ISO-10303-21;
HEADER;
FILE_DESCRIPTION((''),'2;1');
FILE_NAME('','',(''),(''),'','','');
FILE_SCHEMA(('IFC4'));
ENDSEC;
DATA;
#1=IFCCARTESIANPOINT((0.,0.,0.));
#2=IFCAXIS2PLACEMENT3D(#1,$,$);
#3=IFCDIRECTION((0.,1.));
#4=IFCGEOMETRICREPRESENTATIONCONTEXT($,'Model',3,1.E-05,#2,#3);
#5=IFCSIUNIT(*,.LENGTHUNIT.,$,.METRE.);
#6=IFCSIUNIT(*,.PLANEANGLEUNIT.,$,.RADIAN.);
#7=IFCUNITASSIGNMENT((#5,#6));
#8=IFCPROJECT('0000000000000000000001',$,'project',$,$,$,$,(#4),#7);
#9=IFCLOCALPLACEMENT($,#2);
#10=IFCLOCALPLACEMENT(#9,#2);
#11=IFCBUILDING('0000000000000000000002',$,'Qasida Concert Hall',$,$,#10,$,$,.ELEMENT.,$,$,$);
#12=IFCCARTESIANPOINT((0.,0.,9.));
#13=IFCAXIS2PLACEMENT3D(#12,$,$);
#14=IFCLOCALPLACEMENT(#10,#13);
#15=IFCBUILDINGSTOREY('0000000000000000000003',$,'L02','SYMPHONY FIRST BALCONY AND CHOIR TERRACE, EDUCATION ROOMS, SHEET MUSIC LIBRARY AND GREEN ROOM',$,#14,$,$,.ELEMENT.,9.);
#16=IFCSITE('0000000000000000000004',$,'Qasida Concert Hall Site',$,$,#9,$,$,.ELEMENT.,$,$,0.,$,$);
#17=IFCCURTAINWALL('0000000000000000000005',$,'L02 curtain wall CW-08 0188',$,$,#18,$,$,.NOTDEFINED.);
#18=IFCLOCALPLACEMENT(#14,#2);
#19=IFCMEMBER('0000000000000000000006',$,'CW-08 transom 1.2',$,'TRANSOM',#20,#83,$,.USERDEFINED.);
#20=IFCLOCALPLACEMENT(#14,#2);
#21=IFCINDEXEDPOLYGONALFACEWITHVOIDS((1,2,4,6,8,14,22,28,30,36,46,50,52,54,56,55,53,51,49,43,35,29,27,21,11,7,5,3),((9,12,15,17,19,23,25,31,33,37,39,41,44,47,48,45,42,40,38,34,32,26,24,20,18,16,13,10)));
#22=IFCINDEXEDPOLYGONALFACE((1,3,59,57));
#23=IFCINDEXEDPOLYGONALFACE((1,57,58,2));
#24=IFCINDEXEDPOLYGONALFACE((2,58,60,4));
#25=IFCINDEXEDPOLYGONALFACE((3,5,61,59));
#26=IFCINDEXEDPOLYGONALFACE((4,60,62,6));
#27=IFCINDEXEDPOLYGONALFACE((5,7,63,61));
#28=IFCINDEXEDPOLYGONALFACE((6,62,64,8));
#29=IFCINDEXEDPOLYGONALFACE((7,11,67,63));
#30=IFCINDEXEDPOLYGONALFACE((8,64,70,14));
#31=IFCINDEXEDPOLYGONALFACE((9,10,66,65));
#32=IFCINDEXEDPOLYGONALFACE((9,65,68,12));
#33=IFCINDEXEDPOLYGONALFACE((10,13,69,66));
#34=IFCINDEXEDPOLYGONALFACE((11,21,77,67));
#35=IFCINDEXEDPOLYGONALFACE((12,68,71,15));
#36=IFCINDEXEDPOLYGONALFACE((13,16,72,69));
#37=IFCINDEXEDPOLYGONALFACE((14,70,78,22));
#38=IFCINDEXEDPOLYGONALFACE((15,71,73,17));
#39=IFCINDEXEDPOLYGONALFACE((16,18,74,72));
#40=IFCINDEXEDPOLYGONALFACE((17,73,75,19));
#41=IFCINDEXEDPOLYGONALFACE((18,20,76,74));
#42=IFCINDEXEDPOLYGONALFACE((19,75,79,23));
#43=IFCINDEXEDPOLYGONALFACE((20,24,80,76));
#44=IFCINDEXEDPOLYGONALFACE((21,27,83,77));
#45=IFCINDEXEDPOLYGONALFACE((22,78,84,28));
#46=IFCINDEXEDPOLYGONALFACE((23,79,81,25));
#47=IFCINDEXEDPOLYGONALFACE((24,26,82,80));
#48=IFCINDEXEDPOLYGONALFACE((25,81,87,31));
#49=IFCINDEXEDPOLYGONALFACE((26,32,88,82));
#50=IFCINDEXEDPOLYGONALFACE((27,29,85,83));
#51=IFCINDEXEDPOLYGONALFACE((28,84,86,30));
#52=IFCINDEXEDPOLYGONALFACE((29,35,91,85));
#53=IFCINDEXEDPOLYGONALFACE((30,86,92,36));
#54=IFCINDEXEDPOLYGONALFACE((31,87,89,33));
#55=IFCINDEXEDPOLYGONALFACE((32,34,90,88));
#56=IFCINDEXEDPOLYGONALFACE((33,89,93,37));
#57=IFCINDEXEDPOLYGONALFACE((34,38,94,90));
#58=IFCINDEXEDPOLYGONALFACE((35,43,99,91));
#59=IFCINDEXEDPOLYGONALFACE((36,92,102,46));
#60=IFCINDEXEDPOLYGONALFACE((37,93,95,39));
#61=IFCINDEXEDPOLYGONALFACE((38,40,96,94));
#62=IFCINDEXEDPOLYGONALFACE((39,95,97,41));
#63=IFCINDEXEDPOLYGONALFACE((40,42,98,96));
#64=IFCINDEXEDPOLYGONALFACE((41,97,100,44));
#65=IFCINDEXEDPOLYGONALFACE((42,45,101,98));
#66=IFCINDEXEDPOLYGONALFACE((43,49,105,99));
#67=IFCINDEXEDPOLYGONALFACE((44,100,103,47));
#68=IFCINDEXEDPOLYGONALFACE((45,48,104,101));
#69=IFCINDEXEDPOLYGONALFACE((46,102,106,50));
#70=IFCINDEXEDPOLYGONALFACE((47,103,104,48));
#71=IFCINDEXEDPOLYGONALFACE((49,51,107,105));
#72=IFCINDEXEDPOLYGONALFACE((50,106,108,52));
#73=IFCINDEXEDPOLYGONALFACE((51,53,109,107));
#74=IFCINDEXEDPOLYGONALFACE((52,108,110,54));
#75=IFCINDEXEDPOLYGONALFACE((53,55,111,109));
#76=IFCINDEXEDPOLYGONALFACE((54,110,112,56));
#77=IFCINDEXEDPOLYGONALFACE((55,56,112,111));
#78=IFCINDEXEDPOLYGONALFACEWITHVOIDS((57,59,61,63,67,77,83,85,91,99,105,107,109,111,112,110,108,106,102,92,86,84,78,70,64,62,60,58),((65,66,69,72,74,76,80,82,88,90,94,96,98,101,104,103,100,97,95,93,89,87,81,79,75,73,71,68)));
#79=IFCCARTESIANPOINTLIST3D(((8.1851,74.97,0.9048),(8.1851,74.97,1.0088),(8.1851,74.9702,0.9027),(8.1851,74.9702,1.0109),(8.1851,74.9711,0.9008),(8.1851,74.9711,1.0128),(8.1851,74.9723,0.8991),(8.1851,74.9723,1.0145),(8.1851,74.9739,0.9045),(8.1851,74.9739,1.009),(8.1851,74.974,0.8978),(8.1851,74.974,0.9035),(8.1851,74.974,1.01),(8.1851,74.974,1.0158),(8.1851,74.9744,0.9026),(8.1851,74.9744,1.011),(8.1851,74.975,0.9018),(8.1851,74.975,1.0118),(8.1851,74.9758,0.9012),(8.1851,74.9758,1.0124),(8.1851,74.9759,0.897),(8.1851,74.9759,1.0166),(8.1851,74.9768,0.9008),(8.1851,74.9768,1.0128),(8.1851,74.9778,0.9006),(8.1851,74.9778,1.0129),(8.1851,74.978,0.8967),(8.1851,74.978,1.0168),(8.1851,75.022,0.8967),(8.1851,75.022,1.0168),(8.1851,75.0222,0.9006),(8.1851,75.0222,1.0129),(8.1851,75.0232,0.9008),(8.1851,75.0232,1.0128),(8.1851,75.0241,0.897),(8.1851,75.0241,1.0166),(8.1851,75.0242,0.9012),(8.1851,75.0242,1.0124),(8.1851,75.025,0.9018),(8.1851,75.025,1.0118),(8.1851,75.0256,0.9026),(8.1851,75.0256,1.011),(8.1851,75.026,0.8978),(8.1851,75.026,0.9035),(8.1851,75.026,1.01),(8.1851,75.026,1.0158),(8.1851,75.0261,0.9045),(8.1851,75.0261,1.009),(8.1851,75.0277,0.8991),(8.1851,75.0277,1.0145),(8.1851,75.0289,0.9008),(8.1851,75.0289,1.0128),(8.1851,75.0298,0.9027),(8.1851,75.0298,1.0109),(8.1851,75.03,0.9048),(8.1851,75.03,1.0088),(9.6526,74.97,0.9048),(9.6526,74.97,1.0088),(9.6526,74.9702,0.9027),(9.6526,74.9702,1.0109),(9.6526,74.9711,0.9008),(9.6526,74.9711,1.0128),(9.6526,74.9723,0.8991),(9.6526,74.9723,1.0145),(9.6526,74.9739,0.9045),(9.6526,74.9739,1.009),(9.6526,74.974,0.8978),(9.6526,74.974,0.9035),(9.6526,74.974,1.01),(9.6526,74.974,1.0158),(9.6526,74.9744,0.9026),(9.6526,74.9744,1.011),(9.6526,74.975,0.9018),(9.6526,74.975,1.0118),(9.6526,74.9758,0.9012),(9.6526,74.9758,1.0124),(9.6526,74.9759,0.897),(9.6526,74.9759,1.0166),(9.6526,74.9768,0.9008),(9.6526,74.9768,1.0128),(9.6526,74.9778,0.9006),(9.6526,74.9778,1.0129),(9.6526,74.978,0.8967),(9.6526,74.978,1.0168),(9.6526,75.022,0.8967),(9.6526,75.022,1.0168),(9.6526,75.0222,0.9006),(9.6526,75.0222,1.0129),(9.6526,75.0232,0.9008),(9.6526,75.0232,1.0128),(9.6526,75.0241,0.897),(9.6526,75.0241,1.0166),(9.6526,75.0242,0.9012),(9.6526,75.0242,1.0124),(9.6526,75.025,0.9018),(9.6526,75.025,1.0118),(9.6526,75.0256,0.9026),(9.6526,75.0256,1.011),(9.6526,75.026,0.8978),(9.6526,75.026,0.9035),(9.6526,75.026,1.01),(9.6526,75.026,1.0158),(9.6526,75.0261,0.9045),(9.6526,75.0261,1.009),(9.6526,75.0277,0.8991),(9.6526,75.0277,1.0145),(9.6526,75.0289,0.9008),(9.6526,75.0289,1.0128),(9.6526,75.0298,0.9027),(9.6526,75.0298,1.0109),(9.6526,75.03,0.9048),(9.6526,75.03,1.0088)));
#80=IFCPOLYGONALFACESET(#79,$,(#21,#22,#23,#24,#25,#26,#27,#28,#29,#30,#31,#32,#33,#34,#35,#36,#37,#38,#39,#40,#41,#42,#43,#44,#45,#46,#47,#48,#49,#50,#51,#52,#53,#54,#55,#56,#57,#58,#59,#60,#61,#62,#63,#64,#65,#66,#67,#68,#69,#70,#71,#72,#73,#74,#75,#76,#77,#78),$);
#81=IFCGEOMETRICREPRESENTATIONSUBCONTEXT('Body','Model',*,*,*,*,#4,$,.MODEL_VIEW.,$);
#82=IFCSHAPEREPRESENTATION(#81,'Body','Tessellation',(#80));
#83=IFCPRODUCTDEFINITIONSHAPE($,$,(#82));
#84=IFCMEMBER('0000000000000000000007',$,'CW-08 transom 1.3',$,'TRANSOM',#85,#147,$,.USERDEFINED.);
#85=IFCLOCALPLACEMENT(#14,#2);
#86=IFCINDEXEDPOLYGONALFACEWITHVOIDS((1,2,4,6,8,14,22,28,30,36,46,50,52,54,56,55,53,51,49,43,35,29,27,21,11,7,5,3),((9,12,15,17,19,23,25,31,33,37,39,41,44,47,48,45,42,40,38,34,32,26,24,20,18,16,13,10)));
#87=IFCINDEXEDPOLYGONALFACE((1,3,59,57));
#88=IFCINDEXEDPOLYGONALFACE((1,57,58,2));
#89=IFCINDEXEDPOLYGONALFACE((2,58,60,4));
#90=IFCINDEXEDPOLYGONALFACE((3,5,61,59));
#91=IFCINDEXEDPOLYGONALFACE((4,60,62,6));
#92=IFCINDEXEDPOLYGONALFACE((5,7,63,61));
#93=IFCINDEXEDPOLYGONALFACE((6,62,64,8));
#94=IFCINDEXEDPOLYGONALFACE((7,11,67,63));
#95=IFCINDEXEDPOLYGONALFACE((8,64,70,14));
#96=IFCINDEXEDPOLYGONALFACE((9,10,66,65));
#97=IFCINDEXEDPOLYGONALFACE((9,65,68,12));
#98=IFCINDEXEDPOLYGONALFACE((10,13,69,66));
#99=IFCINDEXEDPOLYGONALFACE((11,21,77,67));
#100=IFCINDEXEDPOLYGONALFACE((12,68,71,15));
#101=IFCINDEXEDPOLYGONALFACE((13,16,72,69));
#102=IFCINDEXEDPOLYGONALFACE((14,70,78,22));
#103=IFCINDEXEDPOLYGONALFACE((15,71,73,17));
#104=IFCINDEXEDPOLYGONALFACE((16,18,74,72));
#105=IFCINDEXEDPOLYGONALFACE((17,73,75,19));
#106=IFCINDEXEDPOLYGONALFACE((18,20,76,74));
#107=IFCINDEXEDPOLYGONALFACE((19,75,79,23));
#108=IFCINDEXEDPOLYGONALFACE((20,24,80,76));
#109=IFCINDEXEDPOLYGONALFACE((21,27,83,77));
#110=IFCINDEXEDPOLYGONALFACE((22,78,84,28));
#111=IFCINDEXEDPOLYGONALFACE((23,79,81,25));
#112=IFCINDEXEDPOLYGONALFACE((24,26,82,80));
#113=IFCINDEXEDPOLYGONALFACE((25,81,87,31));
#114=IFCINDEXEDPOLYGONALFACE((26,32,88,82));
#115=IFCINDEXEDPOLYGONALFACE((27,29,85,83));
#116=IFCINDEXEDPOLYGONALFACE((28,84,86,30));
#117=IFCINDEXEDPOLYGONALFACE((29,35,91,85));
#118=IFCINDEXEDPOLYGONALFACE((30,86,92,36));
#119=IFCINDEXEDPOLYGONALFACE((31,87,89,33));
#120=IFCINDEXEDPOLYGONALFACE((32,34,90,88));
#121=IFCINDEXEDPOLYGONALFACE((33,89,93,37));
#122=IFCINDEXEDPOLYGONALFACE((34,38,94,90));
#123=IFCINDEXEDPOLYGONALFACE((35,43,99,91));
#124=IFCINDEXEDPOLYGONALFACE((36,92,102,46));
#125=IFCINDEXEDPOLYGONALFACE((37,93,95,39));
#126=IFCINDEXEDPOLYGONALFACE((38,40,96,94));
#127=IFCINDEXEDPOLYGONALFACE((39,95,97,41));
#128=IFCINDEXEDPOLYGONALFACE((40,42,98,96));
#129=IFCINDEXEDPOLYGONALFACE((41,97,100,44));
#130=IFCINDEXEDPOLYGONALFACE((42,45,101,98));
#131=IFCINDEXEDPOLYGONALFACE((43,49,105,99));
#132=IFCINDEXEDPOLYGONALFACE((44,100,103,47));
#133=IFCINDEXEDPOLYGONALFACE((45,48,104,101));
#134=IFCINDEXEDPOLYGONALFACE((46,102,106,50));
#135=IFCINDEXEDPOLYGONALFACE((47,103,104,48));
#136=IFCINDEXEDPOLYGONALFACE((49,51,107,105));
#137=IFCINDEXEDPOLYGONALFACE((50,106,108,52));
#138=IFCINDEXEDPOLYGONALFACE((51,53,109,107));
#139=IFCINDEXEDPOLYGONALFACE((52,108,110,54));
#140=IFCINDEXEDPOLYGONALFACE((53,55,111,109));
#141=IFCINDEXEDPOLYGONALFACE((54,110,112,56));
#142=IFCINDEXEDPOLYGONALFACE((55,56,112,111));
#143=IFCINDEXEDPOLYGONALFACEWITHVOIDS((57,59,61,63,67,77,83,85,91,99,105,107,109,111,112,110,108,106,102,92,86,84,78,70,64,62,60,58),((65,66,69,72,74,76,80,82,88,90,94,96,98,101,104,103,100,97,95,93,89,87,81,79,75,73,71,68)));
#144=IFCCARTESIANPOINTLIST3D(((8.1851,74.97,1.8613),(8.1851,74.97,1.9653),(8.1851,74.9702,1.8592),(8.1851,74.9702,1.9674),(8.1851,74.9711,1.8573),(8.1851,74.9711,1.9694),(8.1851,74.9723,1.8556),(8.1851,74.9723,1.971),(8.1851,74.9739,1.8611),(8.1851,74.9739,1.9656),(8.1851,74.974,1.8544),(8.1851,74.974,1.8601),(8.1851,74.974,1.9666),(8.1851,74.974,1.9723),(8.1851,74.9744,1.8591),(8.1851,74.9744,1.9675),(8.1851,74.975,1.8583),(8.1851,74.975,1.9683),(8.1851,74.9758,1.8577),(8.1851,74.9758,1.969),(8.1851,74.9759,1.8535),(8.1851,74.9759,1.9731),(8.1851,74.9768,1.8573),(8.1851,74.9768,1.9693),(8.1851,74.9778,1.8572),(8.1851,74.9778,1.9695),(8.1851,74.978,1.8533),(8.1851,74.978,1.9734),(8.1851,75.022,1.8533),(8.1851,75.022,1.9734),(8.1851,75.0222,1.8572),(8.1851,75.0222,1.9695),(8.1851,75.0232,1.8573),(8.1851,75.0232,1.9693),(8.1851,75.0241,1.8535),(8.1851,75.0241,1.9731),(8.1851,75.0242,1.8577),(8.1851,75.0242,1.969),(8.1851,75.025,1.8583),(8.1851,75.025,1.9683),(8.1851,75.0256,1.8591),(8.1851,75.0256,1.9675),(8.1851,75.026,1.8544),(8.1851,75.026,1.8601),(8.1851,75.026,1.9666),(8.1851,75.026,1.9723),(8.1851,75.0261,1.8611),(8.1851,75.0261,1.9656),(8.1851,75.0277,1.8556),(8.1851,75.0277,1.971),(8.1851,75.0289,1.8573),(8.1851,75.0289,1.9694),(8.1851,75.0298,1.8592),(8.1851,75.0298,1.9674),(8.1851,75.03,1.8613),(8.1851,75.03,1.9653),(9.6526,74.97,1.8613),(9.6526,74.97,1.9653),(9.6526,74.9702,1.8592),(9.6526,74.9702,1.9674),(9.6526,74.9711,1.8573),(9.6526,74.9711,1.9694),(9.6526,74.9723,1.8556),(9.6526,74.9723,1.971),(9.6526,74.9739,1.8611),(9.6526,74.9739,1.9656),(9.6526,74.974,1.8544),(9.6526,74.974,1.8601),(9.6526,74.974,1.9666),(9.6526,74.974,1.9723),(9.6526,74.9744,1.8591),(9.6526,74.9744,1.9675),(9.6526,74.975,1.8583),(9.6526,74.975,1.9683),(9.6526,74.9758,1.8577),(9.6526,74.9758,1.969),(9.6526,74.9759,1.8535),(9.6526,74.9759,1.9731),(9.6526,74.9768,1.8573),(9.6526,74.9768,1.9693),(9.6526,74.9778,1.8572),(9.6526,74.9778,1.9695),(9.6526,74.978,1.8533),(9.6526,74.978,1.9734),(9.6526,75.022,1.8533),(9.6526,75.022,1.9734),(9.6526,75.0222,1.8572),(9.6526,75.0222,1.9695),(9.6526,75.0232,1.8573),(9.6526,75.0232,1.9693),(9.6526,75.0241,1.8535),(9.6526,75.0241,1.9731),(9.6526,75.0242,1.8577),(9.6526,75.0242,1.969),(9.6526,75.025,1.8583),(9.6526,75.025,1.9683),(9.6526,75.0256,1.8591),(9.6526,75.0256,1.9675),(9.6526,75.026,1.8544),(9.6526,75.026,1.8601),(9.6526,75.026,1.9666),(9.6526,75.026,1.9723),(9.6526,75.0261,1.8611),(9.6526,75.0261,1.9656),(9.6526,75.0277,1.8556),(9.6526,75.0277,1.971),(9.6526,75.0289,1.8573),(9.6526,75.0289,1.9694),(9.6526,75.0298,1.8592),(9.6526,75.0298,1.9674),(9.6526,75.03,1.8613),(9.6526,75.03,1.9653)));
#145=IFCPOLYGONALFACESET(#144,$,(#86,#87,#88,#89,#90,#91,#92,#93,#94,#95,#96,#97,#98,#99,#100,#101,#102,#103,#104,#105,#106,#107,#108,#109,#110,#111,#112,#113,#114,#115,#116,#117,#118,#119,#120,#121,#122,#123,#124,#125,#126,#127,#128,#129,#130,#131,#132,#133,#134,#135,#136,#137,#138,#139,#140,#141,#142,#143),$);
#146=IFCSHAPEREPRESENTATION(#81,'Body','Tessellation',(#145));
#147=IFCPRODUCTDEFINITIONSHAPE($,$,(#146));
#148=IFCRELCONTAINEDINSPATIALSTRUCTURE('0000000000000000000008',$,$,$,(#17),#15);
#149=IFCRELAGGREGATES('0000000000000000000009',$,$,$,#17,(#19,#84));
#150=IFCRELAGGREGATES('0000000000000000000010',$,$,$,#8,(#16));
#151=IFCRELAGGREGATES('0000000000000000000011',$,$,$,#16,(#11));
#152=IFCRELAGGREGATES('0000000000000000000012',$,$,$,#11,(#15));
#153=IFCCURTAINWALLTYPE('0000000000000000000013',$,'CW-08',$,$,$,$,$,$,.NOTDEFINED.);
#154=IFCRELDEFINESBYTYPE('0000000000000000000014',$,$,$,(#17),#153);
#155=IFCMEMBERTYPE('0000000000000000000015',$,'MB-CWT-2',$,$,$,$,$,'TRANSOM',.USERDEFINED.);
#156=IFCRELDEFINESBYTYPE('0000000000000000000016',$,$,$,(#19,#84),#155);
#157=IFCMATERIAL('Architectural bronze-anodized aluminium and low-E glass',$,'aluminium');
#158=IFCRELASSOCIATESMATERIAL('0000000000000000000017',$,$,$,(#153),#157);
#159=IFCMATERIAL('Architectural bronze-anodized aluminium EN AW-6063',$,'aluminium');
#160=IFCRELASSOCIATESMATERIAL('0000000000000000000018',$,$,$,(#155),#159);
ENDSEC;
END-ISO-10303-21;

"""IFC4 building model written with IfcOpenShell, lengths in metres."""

from ifc_helpers import new_model, si_unit, direction, frame, origin, origin_2d, place, context, subcontext, project, spatial, hollow_rectangle, extrude, material, material_profile, profile_set, type_object, element, aggregate, save


model = new_model("IFC4")

# Units and contexts
model_context = context("Model", 3, precision=1e-05, world=origin(), true_north=direction((0.0, 1.0)))
body_context = subcontext(model_context, "Body", "Model", "MODEL_VIEW")
ifc_project = project(units=[si_unit("LENGTHUNIT", "METRE"), si_unit("PLANEANGLEUNIT", "RADIAN")], contexts=[model_context])

# Site, building, storey
site_placement = place(None, origin())
site = spatial("IfcSite", under=ifc_project, at=site_placement, Name="Qasida Concert Hall Site", CompositionType="ELEMENT", RefElevation=0.0)
building_placement = place(site_placement, origin())
building = spatial("IfcBuilding", under=site, at=building_placement, Name="Qasida Concert Hall", CompositionType="ELEMENT")
storey_placement = place(building_placement, frame((0.0, 0.0, 9.0)))
storey = spatial("IfcBuildingStorey", under=building, at=storey_placement, Name="L02", Description="SYMPHONY FIRST BALCONY AND CHOIR TERRACE, EDUCATION ROOMS, SHEET MUSIC LIBRARY AND GREEN ROOM", CompositionType="ELEMENT", Elevation=9.0)

# Shared definitions
ifc_material_1 = material(Name="Architectural bronze-anodized aluminium and low-E glass", Category="aluminium")
curtain_wall_type = type_object("IfcCurtainWallType", Name="CW-08", PredefinedType="NOTDEFINED", material=ifc_material_1)
ifc_material_2 = material(Name="Architectural bronze-anodized aluminium EN AW-6063", Category="aluminium")

# Curtain wall
curtain_wall_1_placement = place(storey_placement, origin())
curtain_wall_1 = element("IfcCurtainWall", 1, at=curtain_wall_1_placement, inside=storey, type_object=curtain_wall_type, Name="L02 curtain wall CW-08 0188", PredefinedType="NOTDEFINED")

# Members
ifc_material_profile_1 = material_profile(ifc_material_2, hollow_rectangle(XDim=0.0601, YDim=0.1201, WallThickness=0.0039, InnerFilletRadius=0.0039, OuterFilletRadius=0.0081, at=origin_2d()), Name="CWT 120x60x4")
ifc_profile_set_1 = profile_set([ifc_material_profile_1], Name="Architectural bronze-anodized aluminium EN AW-6063")
member_type_1 = type_object("IfcMemberType", Name="MB-CWT-2", ElementType="TRANSOM", PredefinedType="USERDEFINED", material=ifc_profile_set_1)
member_1_placement = place(storey_placement, frame((8.1851, 75.0, 0.9568), z_axis=(1.0, 0.0, 0.0), x_axis=(0.0, 1.0, 0.0)))
member_1 = element("IfcMember", 2, at=member_1_placement, type_object=member_type_1, Name="CW-08 transom 1.2", ObjectType="TRANSOM", PredefinedType="USERDEFINED", context=body_context, shape_type="SweptSolid", body=[
    extrude(hollow_rectangle(XDim=0.0601, YDim=0.1201, WallThickness=0.0039, InnerFilletRadius=0.0039, OuterFilletRadius=0.0081, at=origin_2d()), origin(), (0.0, 0.0, 1.0), 1.4675),
])
member_2_placement = place(storey_placement, frame((8.1851, 75.0, 1.9133), z_axis=(1.0, 0.0, 0.0), x_axis=(0.0, 1.0, 0.0)))
member_2 = element("IfcMember", 3, at=member_2_placement, type_object=member_type_1, Name="CW-08 transom 1.3", ObjectType="TRANSOM", PredefinedType="USERDEFINED", context=body_context, shape_type="SweptSolid", body=[
    extrude(hollow_rectangle(XDim=0.0601, YDim=0.1201, WallThickness=0.0039, InnerFilletRadius=0.0039, OuterFilletRadius=0.0081, at=origin_2d()), origin(), (0.0, 0.0, 1.0), 1.4675),
])

aggregate(curtain_wall_1, [member_1, member_2])

save(model, "model.ifc")
